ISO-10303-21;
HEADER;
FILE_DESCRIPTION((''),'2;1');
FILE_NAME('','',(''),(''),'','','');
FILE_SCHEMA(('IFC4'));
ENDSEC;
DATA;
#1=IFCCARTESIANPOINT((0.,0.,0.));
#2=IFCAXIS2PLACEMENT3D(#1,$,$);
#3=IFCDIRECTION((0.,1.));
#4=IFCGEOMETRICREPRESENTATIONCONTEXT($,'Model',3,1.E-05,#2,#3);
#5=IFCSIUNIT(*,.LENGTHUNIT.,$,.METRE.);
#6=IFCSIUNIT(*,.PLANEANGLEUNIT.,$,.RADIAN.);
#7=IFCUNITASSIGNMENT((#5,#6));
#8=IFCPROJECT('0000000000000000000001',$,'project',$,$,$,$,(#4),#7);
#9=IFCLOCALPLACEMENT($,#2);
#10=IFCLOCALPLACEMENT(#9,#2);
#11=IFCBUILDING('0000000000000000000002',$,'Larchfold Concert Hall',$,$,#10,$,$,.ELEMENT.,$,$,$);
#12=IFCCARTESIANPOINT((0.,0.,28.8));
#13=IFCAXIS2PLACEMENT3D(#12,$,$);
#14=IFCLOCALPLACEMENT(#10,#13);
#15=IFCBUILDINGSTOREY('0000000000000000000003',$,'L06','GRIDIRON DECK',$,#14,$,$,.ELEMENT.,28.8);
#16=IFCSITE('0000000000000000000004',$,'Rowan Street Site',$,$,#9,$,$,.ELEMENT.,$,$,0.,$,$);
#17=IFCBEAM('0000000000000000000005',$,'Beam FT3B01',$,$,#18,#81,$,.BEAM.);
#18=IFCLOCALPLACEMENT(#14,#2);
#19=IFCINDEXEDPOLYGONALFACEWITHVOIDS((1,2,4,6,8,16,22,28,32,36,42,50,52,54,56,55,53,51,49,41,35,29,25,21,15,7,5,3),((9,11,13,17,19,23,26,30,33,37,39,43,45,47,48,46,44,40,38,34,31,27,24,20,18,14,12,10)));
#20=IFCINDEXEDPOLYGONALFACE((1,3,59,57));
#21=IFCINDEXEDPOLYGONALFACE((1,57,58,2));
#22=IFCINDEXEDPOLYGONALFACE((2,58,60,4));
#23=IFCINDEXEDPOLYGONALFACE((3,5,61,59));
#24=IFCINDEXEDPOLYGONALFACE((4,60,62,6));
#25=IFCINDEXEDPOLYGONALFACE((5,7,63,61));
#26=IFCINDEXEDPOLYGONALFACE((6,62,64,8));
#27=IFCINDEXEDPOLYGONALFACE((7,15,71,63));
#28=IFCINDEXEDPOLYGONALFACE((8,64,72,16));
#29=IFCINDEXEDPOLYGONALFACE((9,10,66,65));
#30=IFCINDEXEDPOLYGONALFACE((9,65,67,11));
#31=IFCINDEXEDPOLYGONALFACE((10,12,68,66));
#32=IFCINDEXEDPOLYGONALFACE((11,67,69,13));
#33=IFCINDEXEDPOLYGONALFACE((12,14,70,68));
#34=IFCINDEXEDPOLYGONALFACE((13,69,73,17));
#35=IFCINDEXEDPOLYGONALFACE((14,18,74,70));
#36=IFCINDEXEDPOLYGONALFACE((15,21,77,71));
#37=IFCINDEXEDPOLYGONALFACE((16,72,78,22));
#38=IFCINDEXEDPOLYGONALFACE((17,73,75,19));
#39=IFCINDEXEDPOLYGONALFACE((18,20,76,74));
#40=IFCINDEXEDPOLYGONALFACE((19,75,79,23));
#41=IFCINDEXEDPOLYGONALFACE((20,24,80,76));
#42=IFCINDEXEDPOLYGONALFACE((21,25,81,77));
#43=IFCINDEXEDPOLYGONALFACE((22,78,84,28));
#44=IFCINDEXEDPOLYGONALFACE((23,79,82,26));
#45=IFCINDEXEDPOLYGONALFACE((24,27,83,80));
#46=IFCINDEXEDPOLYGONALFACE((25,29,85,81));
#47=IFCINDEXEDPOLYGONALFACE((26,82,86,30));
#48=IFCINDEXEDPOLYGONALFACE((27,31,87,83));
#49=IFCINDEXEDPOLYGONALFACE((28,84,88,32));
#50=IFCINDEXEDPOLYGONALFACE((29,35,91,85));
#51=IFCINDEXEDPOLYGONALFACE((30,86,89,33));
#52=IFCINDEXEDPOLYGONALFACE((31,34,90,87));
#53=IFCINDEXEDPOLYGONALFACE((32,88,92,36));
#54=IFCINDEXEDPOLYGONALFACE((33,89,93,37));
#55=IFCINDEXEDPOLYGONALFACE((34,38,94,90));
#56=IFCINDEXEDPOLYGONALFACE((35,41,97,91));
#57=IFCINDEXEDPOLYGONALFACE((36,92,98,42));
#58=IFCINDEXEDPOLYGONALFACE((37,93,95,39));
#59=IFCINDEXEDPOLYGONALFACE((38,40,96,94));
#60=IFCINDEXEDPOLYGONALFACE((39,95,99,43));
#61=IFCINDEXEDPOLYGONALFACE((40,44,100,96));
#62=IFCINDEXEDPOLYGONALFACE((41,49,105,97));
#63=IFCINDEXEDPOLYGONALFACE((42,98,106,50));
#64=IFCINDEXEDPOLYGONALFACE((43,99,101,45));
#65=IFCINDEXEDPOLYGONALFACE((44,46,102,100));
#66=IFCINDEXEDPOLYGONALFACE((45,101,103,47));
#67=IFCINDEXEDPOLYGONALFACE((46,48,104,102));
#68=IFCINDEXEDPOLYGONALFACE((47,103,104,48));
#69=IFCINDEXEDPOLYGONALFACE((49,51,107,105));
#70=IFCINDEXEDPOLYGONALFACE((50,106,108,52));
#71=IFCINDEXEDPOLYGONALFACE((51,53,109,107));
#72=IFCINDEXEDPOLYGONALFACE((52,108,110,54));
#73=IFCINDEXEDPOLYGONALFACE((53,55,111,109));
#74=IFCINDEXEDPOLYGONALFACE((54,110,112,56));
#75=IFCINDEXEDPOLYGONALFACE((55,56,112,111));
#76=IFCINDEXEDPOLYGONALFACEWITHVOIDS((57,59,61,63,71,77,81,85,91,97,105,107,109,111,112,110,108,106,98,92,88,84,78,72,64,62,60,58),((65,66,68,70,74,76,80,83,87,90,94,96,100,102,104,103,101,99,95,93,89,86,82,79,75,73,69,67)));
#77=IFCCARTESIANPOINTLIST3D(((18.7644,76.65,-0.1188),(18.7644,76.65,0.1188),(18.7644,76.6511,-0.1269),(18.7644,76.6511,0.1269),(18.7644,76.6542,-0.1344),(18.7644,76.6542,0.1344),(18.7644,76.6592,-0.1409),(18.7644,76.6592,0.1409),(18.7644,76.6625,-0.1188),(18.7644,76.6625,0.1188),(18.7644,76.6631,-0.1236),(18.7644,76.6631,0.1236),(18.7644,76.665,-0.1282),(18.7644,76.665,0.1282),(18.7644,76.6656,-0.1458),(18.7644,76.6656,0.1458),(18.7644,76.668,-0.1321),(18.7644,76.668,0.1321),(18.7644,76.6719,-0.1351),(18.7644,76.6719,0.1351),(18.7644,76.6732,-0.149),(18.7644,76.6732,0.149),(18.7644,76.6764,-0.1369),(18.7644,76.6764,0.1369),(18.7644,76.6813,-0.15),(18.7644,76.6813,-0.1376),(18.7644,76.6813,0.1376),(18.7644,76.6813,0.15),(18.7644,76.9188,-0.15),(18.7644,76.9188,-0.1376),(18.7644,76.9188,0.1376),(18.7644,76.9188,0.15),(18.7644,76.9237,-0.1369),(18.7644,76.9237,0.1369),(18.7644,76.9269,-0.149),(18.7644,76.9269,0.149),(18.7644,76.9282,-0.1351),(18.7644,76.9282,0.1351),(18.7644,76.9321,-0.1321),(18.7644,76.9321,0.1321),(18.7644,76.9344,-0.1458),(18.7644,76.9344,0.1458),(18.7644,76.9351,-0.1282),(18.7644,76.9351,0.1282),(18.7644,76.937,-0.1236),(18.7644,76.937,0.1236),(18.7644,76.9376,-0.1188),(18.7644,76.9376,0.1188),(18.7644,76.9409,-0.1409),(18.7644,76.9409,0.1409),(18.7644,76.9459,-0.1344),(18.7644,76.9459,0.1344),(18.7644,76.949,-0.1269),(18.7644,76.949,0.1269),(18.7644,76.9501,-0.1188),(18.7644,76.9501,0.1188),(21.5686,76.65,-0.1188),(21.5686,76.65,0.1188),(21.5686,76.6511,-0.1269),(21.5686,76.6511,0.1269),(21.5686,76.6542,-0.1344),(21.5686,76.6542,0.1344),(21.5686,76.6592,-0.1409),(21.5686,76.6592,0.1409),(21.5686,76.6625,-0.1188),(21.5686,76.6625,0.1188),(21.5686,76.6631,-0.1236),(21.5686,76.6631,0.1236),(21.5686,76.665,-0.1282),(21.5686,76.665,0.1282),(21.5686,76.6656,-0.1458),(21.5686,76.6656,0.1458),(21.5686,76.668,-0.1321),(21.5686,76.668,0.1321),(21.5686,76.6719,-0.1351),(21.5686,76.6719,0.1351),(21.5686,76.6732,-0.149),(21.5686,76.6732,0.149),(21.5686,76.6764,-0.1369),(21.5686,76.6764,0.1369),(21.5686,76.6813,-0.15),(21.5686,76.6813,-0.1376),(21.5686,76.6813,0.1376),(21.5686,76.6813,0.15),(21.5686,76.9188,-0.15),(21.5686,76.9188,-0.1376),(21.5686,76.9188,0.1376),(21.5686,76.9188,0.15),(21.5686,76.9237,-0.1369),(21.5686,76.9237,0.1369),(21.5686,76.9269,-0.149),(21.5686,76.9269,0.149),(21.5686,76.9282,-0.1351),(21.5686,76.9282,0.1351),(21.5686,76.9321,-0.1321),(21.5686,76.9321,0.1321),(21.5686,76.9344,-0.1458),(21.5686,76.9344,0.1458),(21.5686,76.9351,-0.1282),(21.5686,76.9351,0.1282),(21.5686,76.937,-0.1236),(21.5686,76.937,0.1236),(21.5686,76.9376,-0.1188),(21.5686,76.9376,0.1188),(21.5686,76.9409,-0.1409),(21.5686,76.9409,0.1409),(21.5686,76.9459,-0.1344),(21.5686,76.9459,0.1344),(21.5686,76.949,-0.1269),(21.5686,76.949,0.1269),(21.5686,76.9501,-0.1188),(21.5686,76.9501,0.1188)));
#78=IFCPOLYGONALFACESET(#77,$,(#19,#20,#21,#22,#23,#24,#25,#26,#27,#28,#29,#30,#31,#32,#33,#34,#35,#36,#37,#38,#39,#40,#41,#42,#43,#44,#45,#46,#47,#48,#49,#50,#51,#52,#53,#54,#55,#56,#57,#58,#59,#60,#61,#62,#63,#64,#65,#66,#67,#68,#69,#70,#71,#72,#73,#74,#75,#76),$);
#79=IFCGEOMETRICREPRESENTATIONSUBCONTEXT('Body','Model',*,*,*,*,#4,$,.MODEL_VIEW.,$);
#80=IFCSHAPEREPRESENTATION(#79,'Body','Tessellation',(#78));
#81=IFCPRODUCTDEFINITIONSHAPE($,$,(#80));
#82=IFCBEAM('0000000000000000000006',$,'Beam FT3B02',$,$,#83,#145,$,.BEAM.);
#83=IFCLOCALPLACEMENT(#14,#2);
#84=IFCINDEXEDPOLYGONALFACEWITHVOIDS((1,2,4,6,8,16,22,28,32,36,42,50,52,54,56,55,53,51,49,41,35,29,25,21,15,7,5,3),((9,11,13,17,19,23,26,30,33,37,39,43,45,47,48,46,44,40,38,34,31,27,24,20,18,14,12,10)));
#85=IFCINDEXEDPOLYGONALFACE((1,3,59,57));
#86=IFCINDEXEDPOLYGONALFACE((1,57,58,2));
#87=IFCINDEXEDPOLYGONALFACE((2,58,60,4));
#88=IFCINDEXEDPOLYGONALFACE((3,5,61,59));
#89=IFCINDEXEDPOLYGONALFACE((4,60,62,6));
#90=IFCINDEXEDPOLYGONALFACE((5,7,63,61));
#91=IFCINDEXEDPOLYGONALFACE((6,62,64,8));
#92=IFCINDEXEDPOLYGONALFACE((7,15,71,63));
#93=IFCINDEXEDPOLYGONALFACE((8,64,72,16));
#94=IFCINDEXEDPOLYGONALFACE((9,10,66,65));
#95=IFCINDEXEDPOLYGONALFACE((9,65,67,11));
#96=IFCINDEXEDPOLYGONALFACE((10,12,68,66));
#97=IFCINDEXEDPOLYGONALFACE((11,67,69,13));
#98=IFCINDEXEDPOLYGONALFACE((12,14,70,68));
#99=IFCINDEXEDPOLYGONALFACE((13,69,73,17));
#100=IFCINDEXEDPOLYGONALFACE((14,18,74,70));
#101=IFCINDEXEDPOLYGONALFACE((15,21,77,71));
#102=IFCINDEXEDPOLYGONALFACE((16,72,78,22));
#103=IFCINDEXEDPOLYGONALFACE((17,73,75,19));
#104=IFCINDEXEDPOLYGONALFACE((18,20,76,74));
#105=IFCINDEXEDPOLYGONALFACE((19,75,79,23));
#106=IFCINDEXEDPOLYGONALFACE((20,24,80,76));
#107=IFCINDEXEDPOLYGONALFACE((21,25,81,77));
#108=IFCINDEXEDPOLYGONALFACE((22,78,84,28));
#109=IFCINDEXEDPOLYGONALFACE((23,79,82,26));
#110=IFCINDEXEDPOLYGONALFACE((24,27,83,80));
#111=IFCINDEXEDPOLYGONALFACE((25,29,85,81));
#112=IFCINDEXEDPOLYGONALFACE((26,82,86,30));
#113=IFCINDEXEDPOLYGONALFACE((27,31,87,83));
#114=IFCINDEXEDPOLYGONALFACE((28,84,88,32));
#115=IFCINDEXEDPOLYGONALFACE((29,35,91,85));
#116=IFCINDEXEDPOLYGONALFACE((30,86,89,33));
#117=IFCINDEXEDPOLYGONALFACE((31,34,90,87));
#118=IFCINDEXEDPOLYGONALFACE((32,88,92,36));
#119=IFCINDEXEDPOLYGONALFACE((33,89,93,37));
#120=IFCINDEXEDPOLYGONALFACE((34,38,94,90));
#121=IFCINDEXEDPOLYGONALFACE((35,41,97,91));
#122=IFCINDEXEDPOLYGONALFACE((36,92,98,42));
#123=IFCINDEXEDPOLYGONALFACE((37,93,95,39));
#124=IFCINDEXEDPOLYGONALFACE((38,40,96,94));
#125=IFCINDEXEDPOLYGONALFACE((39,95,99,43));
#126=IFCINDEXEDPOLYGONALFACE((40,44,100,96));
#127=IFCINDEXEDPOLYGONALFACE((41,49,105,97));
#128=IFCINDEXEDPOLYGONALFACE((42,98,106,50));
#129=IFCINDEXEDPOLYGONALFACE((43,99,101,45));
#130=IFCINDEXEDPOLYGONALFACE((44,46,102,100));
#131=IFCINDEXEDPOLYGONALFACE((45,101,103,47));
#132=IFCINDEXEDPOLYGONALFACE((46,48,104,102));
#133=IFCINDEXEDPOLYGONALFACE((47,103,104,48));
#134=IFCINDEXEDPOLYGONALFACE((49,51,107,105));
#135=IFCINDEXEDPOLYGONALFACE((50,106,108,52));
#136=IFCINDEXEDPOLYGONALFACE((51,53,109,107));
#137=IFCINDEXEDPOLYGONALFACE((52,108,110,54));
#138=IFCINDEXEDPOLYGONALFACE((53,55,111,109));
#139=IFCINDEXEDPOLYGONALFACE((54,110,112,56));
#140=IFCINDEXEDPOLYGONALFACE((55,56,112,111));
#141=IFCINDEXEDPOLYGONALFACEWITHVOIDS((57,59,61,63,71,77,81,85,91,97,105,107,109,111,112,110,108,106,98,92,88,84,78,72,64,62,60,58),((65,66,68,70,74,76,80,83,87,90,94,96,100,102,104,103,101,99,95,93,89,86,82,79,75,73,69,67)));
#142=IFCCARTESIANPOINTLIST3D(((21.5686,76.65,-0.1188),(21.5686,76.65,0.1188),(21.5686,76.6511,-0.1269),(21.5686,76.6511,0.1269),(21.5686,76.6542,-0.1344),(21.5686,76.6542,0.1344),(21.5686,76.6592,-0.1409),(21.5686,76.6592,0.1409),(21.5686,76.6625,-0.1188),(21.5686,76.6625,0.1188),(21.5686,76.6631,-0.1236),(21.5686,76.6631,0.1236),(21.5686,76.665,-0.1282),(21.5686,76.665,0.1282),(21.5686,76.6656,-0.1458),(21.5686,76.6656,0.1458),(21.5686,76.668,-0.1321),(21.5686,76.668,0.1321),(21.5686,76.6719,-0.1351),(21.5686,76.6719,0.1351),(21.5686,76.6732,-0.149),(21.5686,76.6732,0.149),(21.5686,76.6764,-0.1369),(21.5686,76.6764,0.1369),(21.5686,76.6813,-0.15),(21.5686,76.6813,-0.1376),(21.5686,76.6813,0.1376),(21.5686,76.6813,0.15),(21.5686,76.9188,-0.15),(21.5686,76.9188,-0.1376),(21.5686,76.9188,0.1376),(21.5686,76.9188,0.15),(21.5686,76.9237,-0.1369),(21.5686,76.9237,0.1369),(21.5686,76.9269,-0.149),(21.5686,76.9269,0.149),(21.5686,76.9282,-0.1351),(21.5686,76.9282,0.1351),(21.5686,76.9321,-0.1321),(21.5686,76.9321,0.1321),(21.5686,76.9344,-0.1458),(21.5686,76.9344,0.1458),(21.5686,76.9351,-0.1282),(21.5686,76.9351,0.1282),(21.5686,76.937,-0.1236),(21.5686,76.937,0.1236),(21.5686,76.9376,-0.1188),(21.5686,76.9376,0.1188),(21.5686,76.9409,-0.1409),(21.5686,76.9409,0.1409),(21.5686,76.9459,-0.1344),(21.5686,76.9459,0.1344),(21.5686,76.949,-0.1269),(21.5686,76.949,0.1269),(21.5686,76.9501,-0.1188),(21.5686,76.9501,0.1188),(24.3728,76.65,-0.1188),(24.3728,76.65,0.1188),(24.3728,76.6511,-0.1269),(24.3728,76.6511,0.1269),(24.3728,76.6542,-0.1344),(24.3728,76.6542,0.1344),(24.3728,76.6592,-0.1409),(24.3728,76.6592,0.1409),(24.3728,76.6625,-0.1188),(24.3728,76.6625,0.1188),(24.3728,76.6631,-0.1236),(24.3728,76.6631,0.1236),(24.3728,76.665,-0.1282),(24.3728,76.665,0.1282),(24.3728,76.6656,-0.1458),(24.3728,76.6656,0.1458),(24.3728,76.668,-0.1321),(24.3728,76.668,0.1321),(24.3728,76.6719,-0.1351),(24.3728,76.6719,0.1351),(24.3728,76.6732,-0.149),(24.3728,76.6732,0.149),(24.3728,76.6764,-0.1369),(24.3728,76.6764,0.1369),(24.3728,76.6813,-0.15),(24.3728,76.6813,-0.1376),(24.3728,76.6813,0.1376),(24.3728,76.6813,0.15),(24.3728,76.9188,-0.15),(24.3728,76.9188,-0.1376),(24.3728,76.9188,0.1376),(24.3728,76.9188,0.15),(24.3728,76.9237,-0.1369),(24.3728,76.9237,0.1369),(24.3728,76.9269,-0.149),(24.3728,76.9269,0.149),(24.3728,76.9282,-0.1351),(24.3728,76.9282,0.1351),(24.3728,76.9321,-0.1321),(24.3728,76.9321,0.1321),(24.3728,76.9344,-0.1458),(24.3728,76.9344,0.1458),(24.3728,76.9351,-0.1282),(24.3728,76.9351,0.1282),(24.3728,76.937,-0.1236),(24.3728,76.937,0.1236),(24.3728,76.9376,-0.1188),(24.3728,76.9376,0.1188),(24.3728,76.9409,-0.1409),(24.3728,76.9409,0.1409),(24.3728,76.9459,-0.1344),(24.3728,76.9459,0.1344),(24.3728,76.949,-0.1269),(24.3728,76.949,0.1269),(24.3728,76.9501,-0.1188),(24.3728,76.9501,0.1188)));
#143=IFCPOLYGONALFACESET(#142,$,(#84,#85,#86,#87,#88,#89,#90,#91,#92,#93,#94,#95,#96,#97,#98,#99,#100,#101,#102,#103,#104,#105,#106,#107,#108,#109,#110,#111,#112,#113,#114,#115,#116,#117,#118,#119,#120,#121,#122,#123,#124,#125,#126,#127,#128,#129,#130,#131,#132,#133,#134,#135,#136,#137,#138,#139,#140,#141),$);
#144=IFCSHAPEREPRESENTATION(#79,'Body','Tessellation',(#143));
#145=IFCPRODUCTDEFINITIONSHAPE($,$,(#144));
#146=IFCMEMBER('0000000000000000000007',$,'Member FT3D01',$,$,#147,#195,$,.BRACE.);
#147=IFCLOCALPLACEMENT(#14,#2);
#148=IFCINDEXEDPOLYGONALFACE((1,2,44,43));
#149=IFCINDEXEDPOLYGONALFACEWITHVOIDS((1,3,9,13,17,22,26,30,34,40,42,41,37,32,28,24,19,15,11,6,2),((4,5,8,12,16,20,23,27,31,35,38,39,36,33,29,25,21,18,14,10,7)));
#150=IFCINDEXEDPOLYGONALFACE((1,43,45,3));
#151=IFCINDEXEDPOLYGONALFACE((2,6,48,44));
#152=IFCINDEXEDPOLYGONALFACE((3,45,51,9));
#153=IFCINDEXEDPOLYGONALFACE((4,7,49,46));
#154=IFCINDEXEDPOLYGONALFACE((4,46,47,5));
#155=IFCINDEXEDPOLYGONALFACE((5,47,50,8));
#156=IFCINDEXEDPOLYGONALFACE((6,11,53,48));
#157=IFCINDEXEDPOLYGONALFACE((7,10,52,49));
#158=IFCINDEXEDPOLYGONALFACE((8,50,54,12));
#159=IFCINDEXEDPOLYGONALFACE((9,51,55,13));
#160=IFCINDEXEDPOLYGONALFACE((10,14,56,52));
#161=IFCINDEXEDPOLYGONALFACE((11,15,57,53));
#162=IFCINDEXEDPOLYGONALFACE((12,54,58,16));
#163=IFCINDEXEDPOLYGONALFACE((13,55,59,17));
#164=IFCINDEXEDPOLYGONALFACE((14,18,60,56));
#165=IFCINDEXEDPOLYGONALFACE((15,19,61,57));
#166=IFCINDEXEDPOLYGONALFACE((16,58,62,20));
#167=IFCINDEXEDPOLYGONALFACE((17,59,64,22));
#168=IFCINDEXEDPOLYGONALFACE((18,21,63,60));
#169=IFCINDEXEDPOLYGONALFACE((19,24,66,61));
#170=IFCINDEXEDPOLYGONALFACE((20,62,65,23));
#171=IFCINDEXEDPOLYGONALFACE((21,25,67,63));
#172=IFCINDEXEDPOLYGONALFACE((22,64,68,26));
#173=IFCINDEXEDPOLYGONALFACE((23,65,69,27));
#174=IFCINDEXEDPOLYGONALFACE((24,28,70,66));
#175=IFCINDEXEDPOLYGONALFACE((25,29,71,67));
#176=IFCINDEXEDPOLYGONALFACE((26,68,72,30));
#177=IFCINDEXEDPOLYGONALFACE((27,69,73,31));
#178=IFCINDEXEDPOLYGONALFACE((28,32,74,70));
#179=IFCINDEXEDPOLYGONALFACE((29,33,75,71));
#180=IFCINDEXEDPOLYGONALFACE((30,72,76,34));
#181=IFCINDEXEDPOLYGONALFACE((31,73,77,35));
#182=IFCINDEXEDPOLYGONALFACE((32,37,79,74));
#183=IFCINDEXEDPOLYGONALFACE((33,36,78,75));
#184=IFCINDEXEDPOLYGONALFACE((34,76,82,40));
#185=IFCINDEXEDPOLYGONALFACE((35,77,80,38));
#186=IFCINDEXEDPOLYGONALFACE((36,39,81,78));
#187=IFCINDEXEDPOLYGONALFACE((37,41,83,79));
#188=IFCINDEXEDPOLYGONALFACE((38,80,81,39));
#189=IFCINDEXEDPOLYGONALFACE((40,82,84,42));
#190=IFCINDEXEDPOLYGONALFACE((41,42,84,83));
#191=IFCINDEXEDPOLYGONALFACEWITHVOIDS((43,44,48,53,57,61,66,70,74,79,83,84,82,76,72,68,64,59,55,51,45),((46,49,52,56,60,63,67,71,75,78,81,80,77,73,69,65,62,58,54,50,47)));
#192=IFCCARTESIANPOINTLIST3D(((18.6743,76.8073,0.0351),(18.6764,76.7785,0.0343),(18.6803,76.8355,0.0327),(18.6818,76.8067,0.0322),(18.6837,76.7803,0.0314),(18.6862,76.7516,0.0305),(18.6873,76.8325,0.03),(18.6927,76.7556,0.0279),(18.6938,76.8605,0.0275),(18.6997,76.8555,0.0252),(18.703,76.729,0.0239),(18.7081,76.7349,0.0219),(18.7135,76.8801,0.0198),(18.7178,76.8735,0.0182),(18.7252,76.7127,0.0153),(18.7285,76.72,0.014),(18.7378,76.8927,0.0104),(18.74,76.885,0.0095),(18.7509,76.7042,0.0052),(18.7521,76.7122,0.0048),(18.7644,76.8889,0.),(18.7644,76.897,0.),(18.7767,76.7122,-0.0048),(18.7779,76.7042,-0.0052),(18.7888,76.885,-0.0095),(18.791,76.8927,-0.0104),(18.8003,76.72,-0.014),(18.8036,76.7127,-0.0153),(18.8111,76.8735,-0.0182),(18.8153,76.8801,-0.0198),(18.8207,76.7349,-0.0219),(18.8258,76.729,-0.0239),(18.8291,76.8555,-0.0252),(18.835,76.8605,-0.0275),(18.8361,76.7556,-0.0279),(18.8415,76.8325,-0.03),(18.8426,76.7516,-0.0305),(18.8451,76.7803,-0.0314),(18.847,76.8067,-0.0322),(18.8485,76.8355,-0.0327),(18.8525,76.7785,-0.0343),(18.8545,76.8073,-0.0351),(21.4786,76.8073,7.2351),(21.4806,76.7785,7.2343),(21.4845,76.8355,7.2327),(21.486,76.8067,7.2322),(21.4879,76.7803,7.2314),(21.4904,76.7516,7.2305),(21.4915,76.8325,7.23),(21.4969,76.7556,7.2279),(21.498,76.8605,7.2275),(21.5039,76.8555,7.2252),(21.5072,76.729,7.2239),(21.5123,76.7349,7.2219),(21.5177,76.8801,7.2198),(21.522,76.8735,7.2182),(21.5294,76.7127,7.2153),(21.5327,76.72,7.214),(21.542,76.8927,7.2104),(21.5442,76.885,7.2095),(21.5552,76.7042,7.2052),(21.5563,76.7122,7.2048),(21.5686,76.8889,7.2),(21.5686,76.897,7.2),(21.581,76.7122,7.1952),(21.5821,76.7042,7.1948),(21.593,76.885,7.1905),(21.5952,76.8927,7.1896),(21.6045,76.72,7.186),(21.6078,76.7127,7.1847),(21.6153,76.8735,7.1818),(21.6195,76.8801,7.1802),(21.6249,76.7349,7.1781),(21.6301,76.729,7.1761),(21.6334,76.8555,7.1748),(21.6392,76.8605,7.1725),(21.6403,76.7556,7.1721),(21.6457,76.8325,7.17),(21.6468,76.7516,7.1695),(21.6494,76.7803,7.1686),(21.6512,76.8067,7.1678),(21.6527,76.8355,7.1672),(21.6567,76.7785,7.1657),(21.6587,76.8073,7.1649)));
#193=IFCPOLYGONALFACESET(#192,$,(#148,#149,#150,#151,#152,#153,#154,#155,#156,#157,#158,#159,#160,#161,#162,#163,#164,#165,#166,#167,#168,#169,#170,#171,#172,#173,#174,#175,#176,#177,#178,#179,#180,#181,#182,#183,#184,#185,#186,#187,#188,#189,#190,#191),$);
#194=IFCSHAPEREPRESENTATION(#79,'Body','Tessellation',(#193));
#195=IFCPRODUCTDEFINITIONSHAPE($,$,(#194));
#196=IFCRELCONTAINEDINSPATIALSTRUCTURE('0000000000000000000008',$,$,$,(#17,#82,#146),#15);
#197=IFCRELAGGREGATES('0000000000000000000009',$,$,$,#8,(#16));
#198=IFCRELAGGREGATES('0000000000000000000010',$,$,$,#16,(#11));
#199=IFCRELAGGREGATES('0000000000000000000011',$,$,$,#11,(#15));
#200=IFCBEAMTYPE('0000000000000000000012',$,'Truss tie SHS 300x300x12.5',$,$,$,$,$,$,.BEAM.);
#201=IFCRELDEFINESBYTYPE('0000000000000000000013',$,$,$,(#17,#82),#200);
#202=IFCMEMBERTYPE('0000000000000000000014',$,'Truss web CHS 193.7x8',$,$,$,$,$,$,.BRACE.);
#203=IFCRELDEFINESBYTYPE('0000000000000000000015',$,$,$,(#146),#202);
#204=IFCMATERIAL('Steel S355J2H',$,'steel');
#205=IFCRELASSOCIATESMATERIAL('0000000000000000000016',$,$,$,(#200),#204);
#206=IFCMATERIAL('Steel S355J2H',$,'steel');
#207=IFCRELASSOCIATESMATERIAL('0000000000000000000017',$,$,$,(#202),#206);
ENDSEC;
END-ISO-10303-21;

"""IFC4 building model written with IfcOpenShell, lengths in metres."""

from ifc_helpers import new_model, si_unit, direction, frame, origin, origin_2d, place, context, subcontext, project, spatial, hollow_rectangle, hollow_circle, extrude, material, material_profile, profile_set, type_object, element, save


model = new_model("IFC4")

# Units and contexts
model_context = context("Model", 3, precision=1e-05, world=origin(), true_north=direction((0.0, 1.0)))
body_context = subcontext(model_context, "Body", "Model", "MODEL_VIEW")
ifc_project = project(units=[si_unit("LENGTHUNIT", "METRE"), si_unit("PLANEANGLEUNIT", "RADIAN")], contexts=[model_context])

# Site, building, storey
site_placement = place(None, origin())
site = spatial("IfcSite", under=ifc_project, at=site_placement, Name="Rowan Street Site", CompositionType="ELEMENT", RefElevation=0.0)
building_placement = place(site_placement, origin())
building = spatial("IfcBuilding", under=site, at=building_placement, Name="Larchfold Concert Hall", CompositionType="ELEMENT")
storey_placement = place(building_placement, frame((0.0, 0.0, 28.8)))
storey = spatial("IfcBuildingStorey", under=building, at=storey_placement, Name="L06", Description="GRIDIRON DECK", CompositionType="ELEMENT", Elevation=28.8)

# Beams
ifc_material_1 = material(Name="Steel S355J2H", Category="steel")
ifc_material_profile_1 = material_profile(ifc_material_1, hollow_rectangle(XDim=0.3, YDim=0.3, WallThickness=0.0125, InnerFilletRadius=0.0188, OuterFilletRadius=0.0312, at=origin_2d()))
ifc_profile_set_1 = profile_set([ifc_material_profile_1], Name="Steel S355J2H")
beam_type_1 = type_object("IfcBeamType", Name="Truss tie SHS 300x300x12.5", PredefinedType="BEAM", material=ifc_profile_set_1)
for number, where, z_axis, x_axis, name in (
    (1, (18.7644, 76.8, 0.0), (1.0, 0.0, 0.0), (0.0, 1.0, 0.0), "Beam FT3B01"),
    (2, (21.5686, 76.8, 0.0), (1.0, 0.0, 0.0), (0.0, 1.0, 0.0), "Beam FT3B02"),
):
    element("IfcBeam", number, at=place(storey_placement, frame(where, z_axis=z_axis, x_axis=x_axis)), inside=storey, type_object=beam_type_1, Name=name, PredefinedType="BEAM", context=body_context, shape_type="SweptSolid", body=[
        extrude(hollow_rectangle(XDim=0.3, YDim=0.3, WallThickness=0.0125, InnerFilletRadius=0.0188, OuterFilletRadius=0.0312, at=origin_2d()), origin(), (0.0, 0.0, 1.0), 2.8042),
    ])

# Member
ifc_material_2 = material(Name="Steel S355J2H", Category="steel")
ifc_material_profile_2 = material_profile(ifc_material_2, hollow_circle(Radius=0.0969, WallThickness=0.0081, at=origin_2d()))
ifc_profile_set_2 = profile_set([ifc_material_profile_2], Name="Steel S355J2H")
member_type_1 = type_object("IfcMemberType", Name="Truss web CHS 193.7x8", PredefinedType="BRACE", material=ifc_profile_set_2)
for number, where, z_axis, x_axis, name in (
    (3, (18.7644, 76.8, 0.0), (0.36292, 0.0, 0.93182), (0.0, 1.0, 0.0), "Member FT3D01"),
):
    element("IfcMember", number, at=place(storey_placement, frame(where, z_axis=z_axis, x_axis=x_axis)), inside=storey, type_object=member_type_1, Name=name, PredefinedType="BRACE", context=body_context, shape_type="SweptSolid", body=[
        extrude(hollow_circle(Radius=0.0969, WallThickness=0.0081, at=origin_2d()), origin(), (0.0, 0.0, 1.0), 7.7268),
    ])

save(model, "model.ifc")
